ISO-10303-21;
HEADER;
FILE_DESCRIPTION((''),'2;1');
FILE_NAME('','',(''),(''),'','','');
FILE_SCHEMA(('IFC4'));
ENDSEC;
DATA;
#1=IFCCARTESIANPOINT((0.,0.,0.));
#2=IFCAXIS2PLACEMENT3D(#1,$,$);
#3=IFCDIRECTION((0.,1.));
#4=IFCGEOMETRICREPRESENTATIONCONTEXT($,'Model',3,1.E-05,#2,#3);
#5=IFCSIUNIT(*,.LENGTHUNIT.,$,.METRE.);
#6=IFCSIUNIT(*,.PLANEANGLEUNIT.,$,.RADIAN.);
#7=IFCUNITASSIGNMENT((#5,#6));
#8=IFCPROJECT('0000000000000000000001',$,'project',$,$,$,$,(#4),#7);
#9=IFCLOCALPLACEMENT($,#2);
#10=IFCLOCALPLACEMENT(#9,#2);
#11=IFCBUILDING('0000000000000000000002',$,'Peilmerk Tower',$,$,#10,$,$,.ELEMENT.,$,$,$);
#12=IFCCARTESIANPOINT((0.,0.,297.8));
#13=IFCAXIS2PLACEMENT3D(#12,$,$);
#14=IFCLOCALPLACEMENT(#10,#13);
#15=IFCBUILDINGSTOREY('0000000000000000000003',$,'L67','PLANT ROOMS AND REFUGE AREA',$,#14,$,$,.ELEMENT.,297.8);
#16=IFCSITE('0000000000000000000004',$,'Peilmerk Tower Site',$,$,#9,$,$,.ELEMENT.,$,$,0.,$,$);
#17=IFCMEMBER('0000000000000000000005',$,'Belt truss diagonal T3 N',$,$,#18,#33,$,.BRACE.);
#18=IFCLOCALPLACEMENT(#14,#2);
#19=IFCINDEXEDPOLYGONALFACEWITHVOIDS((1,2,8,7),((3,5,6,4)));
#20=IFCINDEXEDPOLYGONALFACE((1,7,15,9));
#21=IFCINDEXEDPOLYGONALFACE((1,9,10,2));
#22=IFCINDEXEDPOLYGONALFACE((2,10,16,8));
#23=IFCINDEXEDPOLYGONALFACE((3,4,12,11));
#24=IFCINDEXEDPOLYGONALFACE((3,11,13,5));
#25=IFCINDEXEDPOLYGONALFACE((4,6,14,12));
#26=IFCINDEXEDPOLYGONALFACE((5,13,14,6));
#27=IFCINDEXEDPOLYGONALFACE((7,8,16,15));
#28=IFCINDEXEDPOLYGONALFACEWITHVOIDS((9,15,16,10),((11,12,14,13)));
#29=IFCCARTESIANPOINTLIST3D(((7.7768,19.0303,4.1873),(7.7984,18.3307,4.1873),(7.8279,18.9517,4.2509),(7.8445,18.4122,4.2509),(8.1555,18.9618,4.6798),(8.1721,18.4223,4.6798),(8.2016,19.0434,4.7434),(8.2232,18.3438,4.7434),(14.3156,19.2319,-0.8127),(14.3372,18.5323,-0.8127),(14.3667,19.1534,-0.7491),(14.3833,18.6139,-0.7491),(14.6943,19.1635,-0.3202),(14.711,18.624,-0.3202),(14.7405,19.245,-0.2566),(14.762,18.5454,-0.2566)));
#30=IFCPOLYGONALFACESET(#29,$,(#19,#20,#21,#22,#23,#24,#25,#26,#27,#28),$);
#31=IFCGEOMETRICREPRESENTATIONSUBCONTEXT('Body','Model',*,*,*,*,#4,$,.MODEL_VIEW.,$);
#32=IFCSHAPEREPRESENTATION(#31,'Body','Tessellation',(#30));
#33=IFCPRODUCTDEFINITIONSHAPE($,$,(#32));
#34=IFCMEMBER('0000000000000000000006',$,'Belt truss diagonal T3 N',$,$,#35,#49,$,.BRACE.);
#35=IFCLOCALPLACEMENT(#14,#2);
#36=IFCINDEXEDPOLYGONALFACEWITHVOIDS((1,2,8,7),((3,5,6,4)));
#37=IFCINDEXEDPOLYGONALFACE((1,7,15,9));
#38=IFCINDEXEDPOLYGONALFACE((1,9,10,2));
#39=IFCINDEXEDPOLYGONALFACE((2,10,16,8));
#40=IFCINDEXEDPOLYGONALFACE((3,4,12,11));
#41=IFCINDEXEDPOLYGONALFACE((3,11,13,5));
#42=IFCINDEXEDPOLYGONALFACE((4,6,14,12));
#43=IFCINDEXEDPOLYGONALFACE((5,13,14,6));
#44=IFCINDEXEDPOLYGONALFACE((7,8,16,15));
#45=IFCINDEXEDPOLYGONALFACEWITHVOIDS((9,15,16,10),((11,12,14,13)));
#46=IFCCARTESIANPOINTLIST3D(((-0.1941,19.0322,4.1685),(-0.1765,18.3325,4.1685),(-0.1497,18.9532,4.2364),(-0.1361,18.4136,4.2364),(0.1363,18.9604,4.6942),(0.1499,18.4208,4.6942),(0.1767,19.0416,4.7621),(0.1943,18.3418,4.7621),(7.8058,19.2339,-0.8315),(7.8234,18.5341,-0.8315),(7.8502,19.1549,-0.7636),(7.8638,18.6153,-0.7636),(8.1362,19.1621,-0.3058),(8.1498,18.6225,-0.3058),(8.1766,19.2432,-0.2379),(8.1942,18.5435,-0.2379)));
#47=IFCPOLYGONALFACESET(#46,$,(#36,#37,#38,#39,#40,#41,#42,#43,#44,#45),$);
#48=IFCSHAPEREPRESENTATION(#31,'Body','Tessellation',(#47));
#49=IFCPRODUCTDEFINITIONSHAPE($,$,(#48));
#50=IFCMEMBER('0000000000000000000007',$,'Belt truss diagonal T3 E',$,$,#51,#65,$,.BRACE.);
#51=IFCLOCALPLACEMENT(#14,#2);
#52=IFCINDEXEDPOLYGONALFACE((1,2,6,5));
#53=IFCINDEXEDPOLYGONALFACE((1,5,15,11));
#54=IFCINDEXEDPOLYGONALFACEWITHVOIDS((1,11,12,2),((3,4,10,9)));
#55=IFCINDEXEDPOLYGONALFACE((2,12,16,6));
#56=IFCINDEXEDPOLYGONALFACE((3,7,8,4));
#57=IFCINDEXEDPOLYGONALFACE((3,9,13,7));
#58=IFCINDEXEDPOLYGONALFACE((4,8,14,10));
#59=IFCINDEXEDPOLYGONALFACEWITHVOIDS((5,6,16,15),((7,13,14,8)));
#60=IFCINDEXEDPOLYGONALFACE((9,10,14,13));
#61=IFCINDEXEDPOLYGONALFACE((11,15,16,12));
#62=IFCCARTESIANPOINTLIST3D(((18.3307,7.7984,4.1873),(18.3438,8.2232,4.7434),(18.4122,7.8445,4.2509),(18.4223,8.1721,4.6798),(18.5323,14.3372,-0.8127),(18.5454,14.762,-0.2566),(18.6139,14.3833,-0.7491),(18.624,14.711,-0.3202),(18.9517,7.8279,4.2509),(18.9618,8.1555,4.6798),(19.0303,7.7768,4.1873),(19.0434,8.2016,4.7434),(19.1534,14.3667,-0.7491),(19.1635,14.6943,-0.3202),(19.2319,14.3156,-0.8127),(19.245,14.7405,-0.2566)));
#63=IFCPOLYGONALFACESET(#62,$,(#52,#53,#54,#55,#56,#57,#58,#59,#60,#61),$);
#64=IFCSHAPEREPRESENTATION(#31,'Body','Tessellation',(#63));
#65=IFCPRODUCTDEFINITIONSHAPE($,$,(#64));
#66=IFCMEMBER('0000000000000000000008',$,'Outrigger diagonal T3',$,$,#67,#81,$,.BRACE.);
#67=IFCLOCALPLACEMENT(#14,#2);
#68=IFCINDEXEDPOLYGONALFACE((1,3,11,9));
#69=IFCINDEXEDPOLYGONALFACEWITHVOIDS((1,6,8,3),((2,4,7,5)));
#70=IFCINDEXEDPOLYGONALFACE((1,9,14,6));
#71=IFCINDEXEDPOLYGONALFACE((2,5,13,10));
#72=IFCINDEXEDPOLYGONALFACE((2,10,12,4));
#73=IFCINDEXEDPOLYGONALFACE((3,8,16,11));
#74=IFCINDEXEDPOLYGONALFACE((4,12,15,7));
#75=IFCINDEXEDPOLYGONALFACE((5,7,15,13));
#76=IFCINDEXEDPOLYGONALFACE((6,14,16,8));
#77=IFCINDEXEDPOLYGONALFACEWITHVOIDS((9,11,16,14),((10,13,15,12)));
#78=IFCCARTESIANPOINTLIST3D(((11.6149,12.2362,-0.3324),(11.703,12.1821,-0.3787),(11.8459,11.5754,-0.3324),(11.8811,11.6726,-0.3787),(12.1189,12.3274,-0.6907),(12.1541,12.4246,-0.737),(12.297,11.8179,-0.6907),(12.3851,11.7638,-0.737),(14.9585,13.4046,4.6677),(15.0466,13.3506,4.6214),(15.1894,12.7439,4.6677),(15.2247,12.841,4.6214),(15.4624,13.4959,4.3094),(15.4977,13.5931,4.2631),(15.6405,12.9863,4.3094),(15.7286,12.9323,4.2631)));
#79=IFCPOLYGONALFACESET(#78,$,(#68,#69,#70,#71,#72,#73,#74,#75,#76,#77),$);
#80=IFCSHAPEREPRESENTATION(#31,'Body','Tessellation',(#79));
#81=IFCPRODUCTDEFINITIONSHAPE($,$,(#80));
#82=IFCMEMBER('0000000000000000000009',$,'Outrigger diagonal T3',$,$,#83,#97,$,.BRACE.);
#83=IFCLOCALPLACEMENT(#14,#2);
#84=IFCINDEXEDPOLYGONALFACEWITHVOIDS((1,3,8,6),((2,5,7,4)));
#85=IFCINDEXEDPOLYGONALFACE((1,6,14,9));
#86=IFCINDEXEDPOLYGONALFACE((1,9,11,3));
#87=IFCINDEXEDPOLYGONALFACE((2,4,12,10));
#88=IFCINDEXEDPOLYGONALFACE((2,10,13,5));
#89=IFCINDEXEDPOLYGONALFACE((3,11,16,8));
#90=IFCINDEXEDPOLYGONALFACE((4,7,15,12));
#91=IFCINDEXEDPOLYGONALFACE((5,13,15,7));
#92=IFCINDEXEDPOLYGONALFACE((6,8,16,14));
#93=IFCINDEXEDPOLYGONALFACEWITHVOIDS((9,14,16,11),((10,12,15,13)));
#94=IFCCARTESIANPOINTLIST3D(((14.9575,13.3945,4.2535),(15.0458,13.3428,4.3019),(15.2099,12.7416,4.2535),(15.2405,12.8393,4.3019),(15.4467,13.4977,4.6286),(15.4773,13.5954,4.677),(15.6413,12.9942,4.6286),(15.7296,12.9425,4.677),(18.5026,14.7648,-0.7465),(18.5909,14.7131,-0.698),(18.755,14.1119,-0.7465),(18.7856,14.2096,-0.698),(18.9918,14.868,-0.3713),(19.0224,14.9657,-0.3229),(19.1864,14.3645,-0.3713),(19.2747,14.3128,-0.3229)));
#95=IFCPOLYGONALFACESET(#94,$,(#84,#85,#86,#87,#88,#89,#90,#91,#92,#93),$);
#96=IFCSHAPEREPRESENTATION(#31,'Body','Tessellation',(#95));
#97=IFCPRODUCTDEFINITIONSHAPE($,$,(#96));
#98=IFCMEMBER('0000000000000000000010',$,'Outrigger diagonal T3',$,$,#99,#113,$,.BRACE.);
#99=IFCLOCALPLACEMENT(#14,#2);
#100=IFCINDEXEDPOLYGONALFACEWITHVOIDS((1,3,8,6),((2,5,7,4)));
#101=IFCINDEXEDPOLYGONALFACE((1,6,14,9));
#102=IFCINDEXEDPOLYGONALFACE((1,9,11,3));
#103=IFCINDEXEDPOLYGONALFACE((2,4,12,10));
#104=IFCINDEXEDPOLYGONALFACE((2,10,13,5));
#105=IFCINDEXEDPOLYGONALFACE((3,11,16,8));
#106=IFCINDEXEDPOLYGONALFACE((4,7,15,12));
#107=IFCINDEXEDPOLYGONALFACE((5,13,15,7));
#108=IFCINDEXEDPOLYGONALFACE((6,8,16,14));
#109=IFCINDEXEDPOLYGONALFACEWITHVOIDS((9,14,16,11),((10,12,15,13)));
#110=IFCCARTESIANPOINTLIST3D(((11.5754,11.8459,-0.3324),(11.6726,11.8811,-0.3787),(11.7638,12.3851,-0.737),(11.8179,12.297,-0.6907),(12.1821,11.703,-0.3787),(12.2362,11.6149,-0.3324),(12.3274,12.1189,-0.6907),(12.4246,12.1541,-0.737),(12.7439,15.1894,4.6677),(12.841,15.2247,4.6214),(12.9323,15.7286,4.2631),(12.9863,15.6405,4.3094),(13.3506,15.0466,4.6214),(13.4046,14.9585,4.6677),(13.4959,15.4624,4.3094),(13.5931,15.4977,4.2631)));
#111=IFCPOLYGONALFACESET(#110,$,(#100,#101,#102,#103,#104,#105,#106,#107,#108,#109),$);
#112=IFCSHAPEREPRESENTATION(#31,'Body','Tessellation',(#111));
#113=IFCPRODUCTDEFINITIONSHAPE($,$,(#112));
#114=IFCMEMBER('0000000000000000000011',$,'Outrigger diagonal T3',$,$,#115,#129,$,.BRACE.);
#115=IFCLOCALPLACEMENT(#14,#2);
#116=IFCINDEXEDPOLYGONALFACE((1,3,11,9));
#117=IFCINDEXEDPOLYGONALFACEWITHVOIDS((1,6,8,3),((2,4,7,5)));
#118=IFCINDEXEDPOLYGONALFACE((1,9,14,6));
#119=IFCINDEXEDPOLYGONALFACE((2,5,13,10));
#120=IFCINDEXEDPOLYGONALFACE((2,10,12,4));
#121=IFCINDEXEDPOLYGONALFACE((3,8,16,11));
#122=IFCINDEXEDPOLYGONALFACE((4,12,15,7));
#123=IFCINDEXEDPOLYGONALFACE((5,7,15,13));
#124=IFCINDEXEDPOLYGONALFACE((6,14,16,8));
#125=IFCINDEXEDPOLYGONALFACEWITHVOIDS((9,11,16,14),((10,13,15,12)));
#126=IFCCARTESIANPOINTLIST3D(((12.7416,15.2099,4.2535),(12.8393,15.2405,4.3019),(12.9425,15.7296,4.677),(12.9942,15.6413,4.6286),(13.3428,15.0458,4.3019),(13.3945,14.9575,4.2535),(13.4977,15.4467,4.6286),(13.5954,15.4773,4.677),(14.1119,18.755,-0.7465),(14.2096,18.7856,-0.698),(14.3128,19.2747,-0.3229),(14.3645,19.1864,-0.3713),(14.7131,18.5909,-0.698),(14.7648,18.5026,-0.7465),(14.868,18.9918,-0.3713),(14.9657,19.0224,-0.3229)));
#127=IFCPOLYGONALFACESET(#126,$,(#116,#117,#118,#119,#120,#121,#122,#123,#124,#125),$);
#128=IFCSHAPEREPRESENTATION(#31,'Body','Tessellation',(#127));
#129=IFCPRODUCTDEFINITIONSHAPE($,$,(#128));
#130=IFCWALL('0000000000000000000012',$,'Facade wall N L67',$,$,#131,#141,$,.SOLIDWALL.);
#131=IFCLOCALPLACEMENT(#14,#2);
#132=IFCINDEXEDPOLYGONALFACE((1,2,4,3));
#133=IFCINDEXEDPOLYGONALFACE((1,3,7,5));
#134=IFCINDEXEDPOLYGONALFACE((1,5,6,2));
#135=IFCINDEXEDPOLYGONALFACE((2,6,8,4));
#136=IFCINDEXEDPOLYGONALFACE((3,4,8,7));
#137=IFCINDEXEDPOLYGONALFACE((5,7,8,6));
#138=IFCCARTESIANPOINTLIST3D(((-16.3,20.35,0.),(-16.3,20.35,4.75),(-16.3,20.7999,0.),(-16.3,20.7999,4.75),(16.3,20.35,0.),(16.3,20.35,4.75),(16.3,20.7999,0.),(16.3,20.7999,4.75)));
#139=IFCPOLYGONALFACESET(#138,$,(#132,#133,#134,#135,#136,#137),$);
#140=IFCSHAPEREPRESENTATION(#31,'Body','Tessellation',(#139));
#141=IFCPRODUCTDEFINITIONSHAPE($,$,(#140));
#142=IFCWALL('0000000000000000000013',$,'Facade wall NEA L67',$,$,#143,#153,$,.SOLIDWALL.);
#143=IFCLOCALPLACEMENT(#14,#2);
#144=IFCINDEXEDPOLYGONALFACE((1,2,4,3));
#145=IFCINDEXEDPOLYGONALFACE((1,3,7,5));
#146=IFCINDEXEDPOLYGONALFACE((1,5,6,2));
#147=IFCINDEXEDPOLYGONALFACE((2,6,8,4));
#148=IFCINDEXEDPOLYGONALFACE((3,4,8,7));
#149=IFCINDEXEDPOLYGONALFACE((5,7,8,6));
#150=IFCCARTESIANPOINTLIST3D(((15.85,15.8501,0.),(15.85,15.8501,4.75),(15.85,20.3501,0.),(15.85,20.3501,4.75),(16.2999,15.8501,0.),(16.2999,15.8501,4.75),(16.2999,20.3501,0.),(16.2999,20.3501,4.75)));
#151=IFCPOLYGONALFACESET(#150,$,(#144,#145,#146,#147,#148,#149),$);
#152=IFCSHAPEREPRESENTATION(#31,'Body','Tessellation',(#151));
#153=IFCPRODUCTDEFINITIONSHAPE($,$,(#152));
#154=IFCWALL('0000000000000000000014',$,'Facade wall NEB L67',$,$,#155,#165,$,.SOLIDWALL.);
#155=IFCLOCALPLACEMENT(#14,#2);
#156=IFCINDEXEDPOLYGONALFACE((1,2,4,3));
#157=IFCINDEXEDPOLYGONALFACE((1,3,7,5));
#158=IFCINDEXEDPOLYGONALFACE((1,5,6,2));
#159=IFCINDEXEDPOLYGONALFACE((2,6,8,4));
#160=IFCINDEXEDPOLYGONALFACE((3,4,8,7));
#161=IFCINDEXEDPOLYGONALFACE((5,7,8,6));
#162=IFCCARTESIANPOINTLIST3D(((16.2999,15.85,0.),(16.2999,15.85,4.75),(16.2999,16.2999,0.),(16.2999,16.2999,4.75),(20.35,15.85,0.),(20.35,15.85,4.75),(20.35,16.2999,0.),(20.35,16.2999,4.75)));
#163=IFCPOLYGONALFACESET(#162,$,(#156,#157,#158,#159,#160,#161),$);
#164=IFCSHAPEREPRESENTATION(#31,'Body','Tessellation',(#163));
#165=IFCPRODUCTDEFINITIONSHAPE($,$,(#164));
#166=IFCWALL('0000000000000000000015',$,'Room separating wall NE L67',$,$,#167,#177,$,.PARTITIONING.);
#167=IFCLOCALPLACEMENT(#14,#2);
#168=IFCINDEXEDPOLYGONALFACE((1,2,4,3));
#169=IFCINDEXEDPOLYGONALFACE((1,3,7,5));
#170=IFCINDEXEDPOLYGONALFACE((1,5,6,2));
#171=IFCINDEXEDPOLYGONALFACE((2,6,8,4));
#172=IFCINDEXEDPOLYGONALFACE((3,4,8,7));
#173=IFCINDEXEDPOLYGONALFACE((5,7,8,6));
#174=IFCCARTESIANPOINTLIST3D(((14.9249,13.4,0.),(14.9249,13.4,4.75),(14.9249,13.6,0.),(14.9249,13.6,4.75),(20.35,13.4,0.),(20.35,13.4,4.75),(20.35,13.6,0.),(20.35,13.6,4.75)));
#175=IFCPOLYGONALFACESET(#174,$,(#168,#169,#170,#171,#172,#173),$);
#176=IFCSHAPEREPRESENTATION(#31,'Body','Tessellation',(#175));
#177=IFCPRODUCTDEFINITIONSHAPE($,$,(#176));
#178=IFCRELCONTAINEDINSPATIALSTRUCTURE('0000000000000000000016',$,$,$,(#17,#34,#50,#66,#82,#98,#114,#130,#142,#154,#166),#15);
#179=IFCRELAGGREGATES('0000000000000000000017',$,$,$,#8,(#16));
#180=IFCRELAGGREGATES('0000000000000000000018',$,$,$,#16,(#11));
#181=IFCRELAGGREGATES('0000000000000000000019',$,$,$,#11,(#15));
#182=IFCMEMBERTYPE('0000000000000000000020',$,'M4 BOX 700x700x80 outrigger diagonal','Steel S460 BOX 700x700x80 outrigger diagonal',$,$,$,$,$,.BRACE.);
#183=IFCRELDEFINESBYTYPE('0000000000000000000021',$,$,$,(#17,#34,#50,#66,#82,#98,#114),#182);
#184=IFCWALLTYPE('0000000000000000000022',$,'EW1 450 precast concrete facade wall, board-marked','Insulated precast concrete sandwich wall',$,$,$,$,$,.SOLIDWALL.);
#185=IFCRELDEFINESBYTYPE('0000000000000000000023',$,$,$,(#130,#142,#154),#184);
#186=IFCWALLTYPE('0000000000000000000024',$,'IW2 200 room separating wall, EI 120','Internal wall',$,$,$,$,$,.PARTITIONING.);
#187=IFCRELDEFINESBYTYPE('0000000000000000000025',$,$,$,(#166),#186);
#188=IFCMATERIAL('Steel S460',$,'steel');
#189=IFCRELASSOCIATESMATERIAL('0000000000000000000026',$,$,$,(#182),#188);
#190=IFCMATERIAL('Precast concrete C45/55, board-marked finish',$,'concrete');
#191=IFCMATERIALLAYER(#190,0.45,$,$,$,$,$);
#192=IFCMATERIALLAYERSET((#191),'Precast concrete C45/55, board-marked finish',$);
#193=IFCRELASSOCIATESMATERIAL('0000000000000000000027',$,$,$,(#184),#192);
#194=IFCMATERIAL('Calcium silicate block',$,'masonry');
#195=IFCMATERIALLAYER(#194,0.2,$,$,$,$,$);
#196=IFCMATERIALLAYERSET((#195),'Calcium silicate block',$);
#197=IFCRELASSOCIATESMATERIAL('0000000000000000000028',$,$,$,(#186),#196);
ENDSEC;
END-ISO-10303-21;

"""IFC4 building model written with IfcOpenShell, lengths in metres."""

from ifc_helpers import new_model, si_unit, direction, frame, frame_2d, origin, origin_2d, place, context, subcontext, project, spatial, rectangle, hollow_rectangle, extrude, material, layer, layer_set, material_profile, profile_set, type_object, element, save


model = new_model("IFC4")

# Units and contexts
model_context = context("Model", 3, precision=1e-05, world=origin(), true_north=direction((0.0, 1.0)))
body_context = subcontext(model_context, "Body", "Model", "MODEL_VIEW")
ifc_project = project(units=[si_unit("LENGTHUNIT", "METRE"), si_unit("PLANEANGLEUNIT", "RADIAN")], contexts=[model_context])

# Site, building, storey
site_placement = place(None, origin())
site = spatial("IfcSite", under=ifc_project, at=site_placement, Name="Peilmerk Tower Site", CompositionType="ELEMENT", RefElevation=0.0)
building_placement = place(site_placement, origin())
building = spatial("IfcBuilding", under=site, at=building_placement, Name="Peilmerk Tower", CompositionType="ELEMENT")
storey_placement = place(building_placement, frame((0.0, 0.0, 297.8)))
storey = spatial("IfcBuildingStorey", under=building, at=storey_placement, Name="L67", Description="PLANT ROOMS AND REFUGE AREA", CompositionType="ELEMENT", Elevation=297.8)

# Shared definitions
ifc_material_1 = material(Name="Steel S460", Category="steel")

# Members
ifc_material_profile_1 = material_profile(ifc_material_1, hollow_rectangle(XDim=0.7, YDim=0.7, WallThickness=0.0801, at=origin_2d()), Name="BOX 700x700x80")
ifc_profile_set_1 = profile_set([ifc_material_profile_1], Name="Steel S460")
member_type_1 = type_object("IfcMemberType", Name="M4 BOX 700x700x80 outrigger diagonal", Description="Steel S460 BOX 700x700x80 outrigger diagonal", PredefinedType="BRACE", material=ifc_profile_set_1)
member_1_placement = place(storey_placement, frame((14.5388, 18.8887, -0.5347), z_axis=(-0.794136, -0.024492, 0.607247), x_axis=(0.030826, -0.999525, 0.0)))
element("IfcMember", 1, at=member_1_placement, inside=storey, type_object=member_type_1, Name="Belt truss diagonal T3 N", PredefinedType="BRACE", context=body_context, shape_type="SweptSolid", body=[
    extrude(hollow_rectangle(XDim=0.7, YDim=0.7, WallThickness=0.0801, at=origin_2d()), origin(), (0.0, 0.0, 1.0), 8.2339),
])
member_2_placement = place(storey_placement, frame((8.0, 18.8887, -0.5347), z_axis=(-0.847805, -0.021371, 0.529878), x_axis=(0.0252, -0.999682, 0.0)))
element("IfcMember", 2, at=member_2_placement, inside=storey, type_object=member_type_1, Name="Belt truss diagonal T3 N", PredefinedType="BRACE", context=body_context, shape_type="SweptSolid", body=[
    extrude(hollow_rectangle(XDim=0.7, YDim=0.7, WallThickness=0.0801, at=origin_2d()), origin(), (0.0, 0.0, 1.0), 9.436),
])
member_3_placement = place(storey_placement, frame((18.8887, 14.5388, -0.5347), z_axis=(-0.024492, -0.794136, 0.607247), x_axis=(0.999525, -0.030826, 0.0)))
element("IfcMember", 3, at=member_3_placement, inside=storey, type_object=member_type_1, Name="Belt truss diagonal T3 E", PredefinedType="BRACE", context=body_context, shape_type="SweptSolid", body=[
    extrude(hollow_rectangle(XDim=0.7, YDim=0.7, WallThickness=0.0801, at=origin_2d()), origin(), (0.0, 0.0, 1.0), 8.2339),
])
member_4_placement = place(storey_placement, frame((12.0, 12.0, -0.5347), z_axis=(0.54567, 0.190696, 0.816014), x_axis=(-0.329905, 0.944014, 0.0)))
element("IfcMember", 4, at=member_4_placement, inside=storey, type_object=member_type_1, Name="Outrigger diagonal T3", PredefinedType="BRACE", context=body_context, shape_type="SweptSolid", body=[
    extrude(hollow_rectangle(XDim=0.7, YDim=0.7, WallThickness=0.0801, at=origin_2d()), origin(), (0.0, 0.0, 1.0), 6.1274),
])
member_5_placement = place(storey_placement, frame((18.8887, 14.5388, -0.5347), z_axis=(-0.564462, -0.218189, 0.796101), x_axis=(0.360545, -0.932742, 0.0)))
element("IfcMember", 5, at=member_5_placement, inside=storey, type_object=member_type_1, Name="Outrigger diagonal T3", PredefinedType="BRACE", context=body_context, shape_type="SweptSolid", body=[
    extrude(hollow_rectangle(XDim=0.7, YDim=0.7, WallThickness=0.0801, at=origin_2d()), origin(), (0.0, 0.0, 1.0), 6.2805),
])
member_6_placement = place(storey_placement, frame((12.0, 12.0, -0.5347), z_axis=(0.190696, 0.54567, 0.816014), x_axis=(-0.944014, 0.329905, 0.0)))
element("IfcMember", 6, at=member_6_placement, inside=storey, type_object=member_type_1, Name="Outrigger diagonal T3", PredefinedType="BRACE", context=body_context, shape_type="SweptSolid", body=[
    extrude(hollow_rectangle(XDim=0.7, YDim=0.7, WallThickness=0.0801, at=origin_2d()), origin(), (0.0, 0.0, 1.0), 6.1274),
])
member_7_placement = place(storey_placement, frame((14.5388, 18.8887, -0.5347), z_axis=(-0.218189, -0.564462, 0.796101), x_axis=(0.932742, -0.360545, 0.0)))
element("IfcMember", 7, at=member_7_placement, inside=storey, type_object=member_type_1, Name="Outrigger diagonal T3", PredefinedType="BRACE", context=body_context, shape_type="SweptSolid", body=[
    extrude(hollow_rectangle(XDim=0.7, YDim=0.7, WallThickness=0.0801, at=origin_2d()), origin(), (0.0, 0.0, 1.0), 6.2805),
])

# Walls
ifc_material_2 = material(Name="Precast concrete C45/55, board-marked finish", Category="concrete")
ifc_layer_1 = layer(ifc_material_2, 0.45)
ifc_layer_set_1 = layer_set([ifc_layer_1], Name="Precast concrete C45/55, board-marked finish")
wall_type_1 = type_object("IfcWallType", Name="EW1 450 precast concrete facade wall, board-marked", Description="Insulated precast concrete sandwich wall", PredefinedType="SOLIDWALL", material=ifc_layer_set_1)
wall_1_placement = place(storey_placement, frame((16.3, 20.575, 0.0), z_axis=(0.0, 0.0, 1.0), x_axis=(-1.0, 0.0, 0.0)))
element("IfcWall", 8, at=wall_1_placement, inside=storey, type_object=wall_type_1, Name="Facade wall N L67", PredefinedType="SOLIDWALL", context=body_context, shape_type="SweptSolid", body=[
    extrude(rectangle(XDim=32.6001, YDim=0.45, at=frame_2d((16.3, 0.0))), origin(), (0.0, 0.0, 1.0), 4.75),
])
wall_2_placement = place(storey_placement, frame((16.075, 15.8501, 0.0), z_axis=(0.0, 0.0, 1.0), x_axis=(0.0, 1.0, 0.0)))
element("IfcWall", 9, at=wall_2_placement, inside=storey, type_object=wall_type_1, Name="Facade wall NEA L67", PredefinedType="SOLIDWALL", context=body_context, shape_type="SweptSolid", body=[
    extrude(rectangle(XDim=4.5, YDim=0.45, at=frame_2d((2.25, 0.0))), origin(), (0.0, 0.0, 1.0), 4.75),
])
wall_3_placement = place(storey_placement, frame((16.3, 16.075, 0.0), z_axis=(0.0, 0.0, 1.0), x_axis=(1.0, 0.0, 0.0)))
element("IfcWall", 10, at=wall_3_placement, inside=storey, type_object=wall_type_1, Name="Facade wall NEB L67", PredefinedType="SOLIDWALL", context=body_context, shape_type="SweptSolid", body=[
    extrude(rectangle(XDim=4.05, YDim=0.45, at=frame_2d((2.0249, 0.0))), origin(), (0.0, 0.0, 1.0), 4.75),
])
ifc_material_3 = material(Name="Calcium silicate block", Category="masonry")
ifc_layer_2 = layer(ifc_material_3, 0.2)
ifc_layer_set_2 = layer_set([ifc_layer_2], Name="Calcium silicate block")
wall_type_2 = type_object("IfcWallType", Name="IW2 200 room separating wall, EI 120", Description="Internal wall", PredefinedType="PARTITIONING", material=ifc_layer_set_2)
wall_4_placement = place(storey_placement, frame((14.925, 13.5, 0.0), z_axis=(0.0, 0.0, 1.0), x_axis=(1.0, 0.0, 0.0)))
element("IfcWall", 11, at=wall_4_placement, inside=storey, type_object=wall_type_2, Name="Room separating wall NE L67", PredefinedType="PARTITIONING", context=body_context, shape_type="SweptSolid", body=[
    extrude(rectangle(XDim=5.425, YDim=0.2, at=frame_2d((2.7124, 0.0))), origin(), (0.0, 0.0, 1.0), 4.75),
])

save(model, "model.ifc")
